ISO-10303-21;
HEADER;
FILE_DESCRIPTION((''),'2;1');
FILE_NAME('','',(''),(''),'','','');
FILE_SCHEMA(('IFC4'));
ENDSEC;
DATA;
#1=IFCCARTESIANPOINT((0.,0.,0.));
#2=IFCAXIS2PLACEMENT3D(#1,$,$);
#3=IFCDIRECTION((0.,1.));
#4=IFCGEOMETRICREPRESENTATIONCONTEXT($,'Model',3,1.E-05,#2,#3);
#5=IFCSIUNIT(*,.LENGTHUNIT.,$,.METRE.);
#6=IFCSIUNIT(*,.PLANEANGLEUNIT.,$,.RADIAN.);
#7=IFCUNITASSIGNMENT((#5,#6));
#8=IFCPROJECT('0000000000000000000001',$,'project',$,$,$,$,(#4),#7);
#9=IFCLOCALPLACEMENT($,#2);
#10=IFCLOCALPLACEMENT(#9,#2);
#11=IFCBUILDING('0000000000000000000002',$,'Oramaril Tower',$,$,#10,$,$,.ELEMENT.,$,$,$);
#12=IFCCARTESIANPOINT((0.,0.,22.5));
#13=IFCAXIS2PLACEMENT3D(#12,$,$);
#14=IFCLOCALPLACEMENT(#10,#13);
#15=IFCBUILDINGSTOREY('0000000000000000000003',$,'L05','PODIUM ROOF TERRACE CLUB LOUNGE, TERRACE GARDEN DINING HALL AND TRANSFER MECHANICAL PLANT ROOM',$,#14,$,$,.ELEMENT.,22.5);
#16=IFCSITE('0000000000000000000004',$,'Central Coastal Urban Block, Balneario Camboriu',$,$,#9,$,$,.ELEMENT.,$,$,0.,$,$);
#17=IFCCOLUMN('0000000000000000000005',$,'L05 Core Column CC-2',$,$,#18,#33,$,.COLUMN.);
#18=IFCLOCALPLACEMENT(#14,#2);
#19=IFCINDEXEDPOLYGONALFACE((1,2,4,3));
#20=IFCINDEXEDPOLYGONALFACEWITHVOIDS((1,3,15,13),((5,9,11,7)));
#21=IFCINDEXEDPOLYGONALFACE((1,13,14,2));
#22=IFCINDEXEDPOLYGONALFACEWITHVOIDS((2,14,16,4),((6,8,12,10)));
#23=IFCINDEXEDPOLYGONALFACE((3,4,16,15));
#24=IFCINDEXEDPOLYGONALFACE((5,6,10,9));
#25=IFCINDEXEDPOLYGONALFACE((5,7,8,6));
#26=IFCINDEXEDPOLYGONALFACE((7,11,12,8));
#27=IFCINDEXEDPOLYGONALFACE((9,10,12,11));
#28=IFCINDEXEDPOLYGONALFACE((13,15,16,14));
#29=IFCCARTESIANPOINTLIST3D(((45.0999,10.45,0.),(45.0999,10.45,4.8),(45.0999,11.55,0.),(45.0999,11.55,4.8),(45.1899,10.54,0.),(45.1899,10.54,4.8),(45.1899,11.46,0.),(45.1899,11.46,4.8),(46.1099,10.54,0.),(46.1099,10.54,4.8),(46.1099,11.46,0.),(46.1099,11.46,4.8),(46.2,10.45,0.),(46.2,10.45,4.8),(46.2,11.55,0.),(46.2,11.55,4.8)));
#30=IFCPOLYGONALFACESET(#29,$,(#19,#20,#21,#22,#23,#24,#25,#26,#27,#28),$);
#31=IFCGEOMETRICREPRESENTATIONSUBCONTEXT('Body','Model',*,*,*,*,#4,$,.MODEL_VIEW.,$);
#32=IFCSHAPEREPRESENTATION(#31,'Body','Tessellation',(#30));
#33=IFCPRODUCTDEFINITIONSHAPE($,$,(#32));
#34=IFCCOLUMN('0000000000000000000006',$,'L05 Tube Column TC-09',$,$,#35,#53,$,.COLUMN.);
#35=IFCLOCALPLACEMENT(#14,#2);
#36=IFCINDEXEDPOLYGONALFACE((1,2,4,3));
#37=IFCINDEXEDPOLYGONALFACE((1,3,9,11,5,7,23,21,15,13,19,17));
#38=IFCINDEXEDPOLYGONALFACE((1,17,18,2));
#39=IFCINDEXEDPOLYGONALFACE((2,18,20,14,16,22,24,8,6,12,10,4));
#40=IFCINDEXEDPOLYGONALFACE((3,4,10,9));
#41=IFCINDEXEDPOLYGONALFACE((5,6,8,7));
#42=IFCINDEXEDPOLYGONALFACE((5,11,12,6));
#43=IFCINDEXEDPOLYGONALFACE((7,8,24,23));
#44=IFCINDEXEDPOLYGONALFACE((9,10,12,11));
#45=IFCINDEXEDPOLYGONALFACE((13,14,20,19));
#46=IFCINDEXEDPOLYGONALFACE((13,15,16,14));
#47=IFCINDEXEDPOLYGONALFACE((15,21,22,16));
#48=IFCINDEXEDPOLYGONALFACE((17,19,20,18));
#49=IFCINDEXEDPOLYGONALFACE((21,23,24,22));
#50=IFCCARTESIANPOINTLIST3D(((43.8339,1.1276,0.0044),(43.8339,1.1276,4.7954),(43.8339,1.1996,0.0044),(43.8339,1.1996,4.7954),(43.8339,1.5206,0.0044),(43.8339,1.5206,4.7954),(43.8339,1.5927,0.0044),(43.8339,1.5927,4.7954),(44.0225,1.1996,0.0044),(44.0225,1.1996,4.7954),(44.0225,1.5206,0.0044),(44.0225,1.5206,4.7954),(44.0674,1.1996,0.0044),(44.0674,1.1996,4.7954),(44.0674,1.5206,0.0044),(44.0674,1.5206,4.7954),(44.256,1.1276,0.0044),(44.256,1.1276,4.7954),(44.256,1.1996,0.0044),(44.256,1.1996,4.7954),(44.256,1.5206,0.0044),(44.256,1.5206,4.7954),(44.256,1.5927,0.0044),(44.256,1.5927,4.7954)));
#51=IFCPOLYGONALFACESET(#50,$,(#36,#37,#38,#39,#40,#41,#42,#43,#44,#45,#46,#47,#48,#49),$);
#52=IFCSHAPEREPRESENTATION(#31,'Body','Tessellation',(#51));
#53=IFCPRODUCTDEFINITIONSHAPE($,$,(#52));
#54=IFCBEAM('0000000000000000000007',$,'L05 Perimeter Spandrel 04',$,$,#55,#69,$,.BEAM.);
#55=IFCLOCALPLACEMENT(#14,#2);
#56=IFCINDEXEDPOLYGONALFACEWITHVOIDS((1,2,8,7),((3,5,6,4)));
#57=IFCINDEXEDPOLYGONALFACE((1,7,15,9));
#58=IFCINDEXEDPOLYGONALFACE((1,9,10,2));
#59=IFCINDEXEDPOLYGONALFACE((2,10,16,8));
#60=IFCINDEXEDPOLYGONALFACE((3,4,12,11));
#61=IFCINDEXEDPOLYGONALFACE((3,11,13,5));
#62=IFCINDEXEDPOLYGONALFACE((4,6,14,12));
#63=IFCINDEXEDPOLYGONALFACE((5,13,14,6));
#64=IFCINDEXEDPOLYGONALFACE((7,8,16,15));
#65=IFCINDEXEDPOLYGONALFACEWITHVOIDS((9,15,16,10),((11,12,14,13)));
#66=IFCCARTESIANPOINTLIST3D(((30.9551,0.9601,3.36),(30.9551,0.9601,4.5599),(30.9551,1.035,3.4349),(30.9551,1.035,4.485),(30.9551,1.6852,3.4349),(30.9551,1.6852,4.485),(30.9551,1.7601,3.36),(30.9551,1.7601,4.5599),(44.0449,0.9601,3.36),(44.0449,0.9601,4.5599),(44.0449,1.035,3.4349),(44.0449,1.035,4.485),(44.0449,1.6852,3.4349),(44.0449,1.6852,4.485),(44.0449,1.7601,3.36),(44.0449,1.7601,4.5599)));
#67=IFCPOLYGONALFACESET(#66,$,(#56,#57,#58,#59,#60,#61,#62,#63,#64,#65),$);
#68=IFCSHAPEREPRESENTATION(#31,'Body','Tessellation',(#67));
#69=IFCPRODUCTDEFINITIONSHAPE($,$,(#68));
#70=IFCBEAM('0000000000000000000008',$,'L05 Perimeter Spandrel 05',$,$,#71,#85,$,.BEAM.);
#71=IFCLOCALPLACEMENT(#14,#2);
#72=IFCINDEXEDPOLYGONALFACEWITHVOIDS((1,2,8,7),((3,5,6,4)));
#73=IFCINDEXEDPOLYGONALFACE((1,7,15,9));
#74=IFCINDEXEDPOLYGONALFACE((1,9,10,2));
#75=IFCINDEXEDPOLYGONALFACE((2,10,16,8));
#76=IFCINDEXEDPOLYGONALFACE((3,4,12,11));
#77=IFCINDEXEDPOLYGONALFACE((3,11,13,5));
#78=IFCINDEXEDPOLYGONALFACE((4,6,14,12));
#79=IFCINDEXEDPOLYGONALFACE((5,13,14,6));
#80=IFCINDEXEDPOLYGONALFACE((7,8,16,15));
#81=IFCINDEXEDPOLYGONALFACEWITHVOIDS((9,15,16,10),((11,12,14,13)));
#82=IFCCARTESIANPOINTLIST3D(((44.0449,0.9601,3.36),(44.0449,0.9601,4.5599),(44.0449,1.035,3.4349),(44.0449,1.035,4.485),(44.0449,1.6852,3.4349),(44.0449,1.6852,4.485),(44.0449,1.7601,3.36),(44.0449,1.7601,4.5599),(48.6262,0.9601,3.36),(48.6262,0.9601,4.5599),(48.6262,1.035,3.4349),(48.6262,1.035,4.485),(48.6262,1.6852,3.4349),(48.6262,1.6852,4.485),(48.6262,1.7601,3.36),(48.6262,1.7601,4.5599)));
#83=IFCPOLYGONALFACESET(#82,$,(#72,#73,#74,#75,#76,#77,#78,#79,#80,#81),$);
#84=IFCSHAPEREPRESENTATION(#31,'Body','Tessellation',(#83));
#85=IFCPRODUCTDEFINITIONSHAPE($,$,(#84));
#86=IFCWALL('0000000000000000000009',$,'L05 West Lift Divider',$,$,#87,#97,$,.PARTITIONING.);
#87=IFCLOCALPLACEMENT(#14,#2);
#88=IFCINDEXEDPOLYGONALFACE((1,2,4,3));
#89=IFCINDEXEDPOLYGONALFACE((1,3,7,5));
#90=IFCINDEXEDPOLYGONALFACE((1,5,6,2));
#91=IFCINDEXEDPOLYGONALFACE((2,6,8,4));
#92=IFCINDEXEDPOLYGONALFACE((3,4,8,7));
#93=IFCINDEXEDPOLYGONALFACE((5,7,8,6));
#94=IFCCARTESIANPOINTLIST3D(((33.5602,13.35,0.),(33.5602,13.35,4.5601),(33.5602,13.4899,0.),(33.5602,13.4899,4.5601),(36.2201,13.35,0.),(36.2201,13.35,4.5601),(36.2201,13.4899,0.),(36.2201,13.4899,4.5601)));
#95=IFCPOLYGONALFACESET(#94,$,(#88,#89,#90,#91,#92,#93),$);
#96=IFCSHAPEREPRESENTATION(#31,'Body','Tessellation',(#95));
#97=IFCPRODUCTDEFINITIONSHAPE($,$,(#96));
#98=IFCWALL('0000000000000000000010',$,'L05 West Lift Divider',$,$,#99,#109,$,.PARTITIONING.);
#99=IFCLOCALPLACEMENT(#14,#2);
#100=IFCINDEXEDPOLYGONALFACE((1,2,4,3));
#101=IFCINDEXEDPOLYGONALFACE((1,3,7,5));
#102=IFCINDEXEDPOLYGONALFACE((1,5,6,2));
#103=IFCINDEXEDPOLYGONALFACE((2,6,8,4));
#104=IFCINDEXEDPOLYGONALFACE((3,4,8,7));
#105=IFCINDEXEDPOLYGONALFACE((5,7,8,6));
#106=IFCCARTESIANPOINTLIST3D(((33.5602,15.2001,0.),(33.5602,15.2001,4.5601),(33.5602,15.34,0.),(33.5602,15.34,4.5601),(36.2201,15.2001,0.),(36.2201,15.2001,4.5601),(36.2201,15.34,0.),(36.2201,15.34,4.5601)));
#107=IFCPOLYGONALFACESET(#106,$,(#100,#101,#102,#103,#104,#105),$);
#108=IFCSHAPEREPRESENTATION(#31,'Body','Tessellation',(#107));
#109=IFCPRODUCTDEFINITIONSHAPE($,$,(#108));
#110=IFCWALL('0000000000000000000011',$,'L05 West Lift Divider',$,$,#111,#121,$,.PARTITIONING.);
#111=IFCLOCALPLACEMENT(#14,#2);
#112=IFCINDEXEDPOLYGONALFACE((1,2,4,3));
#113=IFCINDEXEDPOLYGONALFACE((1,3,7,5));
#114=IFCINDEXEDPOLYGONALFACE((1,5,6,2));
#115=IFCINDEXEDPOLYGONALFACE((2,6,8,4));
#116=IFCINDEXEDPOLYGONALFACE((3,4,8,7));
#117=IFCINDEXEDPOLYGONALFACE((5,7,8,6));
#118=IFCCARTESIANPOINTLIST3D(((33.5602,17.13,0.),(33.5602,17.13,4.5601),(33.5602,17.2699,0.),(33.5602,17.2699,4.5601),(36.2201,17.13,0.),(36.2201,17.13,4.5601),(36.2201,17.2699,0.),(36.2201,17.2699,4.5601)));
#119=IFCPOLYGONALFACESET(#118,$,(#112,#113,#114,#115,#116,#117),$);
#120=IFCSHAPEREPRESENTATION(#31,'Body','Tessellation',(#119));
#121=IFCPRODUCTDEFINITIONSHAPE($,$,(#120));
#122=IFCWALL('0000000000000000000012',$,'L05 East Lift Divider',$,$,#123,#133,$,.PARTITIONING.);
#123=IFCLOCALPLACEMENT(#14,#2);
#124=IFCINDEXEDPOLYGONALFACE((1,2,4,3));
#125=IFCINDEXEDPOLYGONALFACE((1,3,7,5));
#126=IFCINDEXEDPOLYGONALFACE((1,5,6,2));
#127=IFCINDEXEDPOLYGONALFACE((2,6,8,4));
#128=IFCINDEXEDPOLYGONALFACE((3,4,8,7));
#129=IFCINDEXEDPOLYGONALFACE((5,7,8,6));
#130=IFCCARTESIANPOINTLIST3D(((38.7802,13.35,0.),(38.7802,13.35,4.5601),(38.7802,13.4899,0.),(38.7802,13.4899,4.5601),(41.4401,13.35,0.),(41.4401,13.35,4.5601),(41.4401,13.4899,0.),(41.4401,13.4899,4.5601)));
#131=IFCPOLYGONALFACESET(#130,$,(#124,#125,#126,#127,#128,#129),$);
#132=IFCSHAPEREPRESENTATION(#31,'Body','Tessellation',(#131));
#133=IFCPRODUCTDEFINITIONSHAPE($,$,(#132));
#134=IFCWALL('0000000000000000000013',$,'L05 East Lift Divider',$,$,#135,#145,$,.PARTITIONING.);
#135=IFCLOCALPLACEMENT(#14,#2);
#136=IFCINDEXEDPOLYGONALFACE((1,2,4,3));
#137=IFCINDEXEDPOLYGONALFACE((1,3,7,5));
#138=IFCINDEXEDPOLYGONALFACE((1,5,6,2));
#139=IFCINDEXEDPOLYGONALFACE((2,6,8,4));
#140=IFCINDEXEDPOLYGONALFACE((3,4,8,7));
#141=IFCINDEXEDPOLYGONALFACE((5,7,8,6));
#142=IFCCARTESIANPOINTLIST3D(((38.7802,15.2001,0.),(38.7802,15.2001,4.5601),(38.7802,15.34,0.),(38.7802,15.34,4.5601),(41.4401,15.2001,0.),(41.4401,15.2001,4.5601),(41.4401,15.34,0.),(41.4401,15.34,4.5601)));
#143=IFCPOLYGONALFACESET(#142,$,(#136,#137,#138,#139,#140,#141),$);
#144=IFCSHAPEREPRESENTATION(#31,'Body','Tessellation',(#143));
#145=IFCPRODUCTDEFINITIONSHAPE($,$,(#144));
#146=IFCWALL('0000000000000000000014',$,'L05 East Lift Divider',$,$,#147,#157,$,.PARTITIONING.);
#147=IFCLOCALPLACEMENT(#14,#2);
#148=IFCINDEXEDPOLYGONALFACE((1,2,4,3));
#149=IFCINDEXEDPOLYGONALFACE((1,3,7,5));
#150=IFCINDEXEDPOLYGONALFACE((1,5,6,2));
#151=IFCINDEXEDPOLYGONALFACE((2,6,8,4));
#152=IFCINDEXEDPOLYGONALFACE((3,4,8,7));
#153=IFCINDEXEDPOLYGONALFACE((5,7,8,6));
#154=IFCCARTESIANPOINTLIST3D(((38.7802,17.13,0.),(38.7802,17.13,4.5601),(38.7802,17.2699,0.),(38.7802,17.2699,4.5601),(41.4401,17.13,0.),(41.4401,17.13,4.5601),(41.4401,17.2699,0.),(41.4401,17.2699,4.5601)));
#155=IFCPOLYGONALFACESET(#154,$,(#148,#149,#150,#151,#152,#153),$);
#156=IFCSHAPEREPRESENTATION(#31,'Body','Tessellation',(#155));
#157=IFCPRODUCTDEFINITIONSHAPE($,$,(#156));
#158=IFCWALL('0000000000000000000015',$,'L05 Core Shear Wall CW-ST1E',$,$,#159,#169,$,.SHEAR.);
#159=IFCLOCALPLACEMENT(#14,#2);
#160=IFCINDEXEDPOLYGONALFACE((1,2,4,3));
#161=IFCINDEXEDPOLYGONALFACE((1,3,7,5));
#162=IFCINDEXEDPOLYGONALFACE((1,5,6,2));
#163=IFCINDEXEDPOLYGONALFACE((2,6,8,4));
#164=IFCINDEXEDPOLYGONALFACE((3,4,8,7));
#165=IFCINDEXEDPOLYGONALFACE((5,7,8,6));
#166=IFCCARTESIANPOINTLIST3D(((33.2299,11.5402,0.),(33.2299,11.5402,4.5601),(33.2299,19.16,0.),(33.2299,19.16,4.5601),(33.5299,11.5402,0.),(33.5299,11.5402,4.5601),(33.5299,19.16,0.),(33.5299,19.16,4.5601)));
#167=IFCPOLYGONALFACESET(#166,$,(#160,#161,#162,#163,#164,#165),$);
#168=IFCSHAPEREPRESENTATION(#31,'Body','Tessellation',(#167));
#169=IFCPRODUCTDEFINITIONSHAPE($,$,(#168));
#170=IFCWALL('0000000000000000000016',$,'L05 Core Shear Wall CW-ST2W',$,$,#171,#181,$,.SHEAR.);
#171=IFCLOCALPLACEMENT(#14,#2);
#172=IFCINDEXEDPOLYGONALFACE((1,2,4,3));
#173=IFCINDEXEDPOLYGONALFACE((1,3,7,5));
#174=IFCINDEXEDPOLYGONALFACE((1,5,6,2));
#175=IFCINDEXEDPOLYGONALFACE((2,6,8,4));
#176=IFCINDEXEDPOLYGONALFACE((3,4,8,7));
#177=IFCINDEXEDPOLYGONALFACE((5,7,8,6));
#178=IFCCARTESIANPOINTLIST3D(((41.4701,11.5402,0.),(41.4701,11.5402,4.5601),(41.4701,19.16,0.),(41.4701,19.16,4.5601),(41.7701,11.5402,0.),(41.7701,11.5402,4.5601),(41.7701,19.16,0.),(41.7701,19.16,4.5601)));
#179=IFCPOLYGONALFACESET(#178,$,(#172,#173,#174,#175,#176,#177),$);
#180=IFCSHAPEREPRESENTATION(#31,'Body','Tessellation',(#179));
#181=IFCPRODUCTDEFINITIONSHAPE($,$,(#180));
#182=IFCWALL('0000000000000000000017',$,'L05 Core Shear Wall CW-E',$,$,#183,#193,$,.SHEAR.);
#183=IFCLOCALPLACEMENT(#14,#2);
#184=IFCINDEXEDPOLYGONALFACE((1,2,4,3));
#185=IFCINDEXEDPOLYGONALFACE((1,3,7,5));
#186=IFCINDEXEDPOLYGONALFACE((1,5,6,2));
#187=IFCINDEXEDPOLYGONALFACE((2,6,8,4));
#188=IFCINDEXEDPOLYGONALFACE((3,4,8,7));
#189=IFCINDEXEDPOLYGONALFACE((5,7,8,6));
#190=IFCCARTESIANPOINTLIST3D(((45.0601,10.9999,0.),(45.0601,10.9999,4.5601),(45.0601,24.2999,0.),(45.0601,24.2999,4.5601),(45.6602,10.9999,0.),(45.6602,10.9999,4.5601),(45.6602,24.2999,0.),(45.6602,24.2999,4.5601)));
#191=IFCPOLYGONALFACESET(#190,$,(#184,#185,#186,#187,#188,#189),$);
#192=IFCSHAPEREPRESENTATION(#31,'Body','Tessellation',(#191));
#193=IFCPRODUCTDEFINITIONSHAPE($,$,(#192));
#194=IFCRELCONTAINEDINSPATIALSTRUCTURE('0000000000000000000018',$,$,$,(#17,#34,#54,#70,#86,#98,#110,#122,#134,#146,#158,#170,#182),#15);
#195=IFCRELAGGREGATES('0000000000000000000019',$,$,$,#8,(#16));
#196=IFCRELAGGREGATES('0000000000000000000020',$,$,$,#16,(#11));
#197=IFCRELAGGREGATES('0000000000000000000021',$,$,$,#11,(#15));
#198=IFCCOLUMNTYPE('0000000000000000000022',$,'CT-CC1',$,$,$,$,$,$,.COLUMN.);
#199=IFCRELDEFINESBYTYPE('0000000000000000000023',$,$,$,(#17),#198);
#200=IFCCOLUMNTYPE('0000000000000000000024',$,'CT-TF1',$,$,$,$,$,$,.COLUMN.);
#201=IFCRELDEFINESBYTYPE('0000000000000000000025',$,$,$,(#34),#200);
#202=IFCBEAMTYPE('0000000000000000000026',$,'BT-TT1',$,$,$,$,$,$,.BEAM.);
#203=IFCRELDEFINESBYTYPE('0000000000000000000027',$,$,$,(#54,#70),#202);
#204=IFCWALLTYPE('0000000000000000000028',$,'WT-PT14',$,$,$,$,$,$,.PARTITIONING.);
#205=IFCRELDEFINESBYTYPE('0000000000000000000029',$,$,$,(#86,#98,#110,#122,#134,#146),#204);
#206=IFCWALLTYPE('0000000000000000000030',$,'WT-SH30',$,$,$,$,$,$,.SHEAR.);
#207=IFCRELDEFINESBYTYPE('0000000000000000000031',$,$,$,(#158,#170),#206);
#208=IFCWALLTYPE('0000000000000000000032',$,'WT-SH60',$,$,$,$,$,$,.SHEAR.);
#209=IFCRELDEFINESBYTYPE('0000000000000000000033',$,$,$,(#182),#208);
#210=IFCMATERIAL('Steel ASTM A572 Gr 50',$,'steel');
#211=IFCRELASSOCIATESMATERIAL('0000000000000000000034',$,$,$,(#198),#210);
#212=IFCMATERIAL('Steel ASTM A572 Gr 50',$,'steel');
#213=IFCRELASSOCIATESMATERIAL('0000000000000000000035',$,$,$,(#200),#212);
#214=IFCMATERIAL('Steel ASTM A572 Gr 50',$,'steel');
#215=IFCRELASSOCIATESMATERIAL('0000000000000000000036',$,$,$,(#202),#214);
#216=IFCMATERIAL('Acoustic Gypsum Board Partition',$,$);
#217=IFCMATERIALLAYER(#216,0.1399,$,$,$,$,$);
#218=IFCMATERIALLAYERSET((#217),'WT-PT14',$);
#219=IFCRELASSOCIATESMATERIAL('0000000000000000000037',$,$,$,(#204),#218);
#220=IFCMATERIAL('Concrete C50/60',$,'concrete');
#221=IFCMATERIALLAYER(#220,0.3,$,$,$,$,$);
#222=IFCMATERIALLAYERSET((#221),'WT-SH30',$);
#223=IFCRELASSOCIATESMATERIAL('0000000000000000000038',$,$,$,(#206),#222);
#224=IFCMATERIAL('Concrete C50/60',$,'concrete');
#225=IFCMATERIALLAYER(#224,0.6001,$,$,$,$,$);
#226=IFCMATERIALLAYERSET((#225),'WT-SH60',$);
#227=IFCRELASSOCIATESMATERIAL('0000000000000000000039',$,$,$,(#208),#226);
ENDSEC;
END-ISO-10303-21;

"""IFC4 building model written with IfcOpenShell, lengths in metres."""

from ifc_helpers import new_model, si_unit, direction, frame, frame_2d, origin, origin_2d, place, context, subcontext, project, spatial, rectangle, hollow_rectangle, i_section, extrude, material, layer, layer_set, material_profile, profile_set, type_object, element, save


model = new_model("IFC4")

# Units and contexts
model_context = context("Model", 3, precision=1e-05, world=origin(), true_north=direction((0.0, 1.0)))
body_context = subcontext(model_context, "Body", "Model", "MODEL_VIEW")
ifc_project = project(units=[si_unit("LENGTHUNIT", "METRE"), si_unit("PLANEANGLEUNIT", "RADIAN")], contexts=[model_context])

# Site, building, storey
site_placement = place(None, origin())
site = spatial("IfcSite", under=ifc_project, at=site_placement, Name="Central Coastal Urban Block, Balneario Camboriu", CompositionType="ELEMENT", RefElevation=0.0)
building_placement = place(site_placement, origin())
building = spatial("IfcBuilding", under=site, at=building_placement, Name="Oramaril Tower", CompositionType="ELEMENT")
storey_placement = place(building_placement, frame((0.0, 0.0, 22.5)))
storey = spatial("IfcBuildingStorey", under=building, at=storey_placement, Name="L05", Description="PODIUM ROOF TERRACE CLUB LOUNGE, TERRACE GARDEN DINING HALL AND TRANSFER MECHANICAL PLANT ROOM", CompositionType="ELEMENT", Elevation=22.5)

# Columns
ifc_material_1 = material(Name="Steel ASTM A572 Gr 50", Category="steel")
ifc_material_profile_1 = material_profile(ifc_material_1, hollow_rectangle(XDim=1.1001, YDim=1.1001, WallThickness=0.0901, at=origin_2d()), Name="BOX1100X1100X90")
ifc_profile_set_1 = profile_set([ifc_material_profile_1], Name="Steel ASTM A572 Gr 50")
column_type_1 = type_object("IfcColumnType", Name="CT-CC1", PredefinedType="COLUMN", material=ifc_profile_set_1)
column_1_placement = place(storey_placement, frame((45.6499, 11.0, 0.0), z_axis=(0.0, 0.0, 1.0), x_axis=(1.0, 0.0, 0.0)))
element("IfcColumn", 1, at=column_1_placement, inside=storey, type_object=column_type_1, Name="L05 Core Column CC-2", PredefinedType="COLUMN", context=body_context, shape_type="SweptSolid", body=[
    extrude(hollow_rectangle(XDim=1.1001, YDim=1.1001, WallThickness=0.0901, at=origin_2d()), origin(), (0.0, 0.0, 1.0), 4.8),
])
ifc_material_2 = material(Name="Steel ASTM A572 Gr 50", Category="steel")
ifc_material_profile_2 = material_profile(ifc_material_2, i_section(OverallWidth=0.4221, OverallDepth=0.4651, WebThickness=0.0449, FlangeThickness=0.072, at=origin_2d()), Name="W14X398")
ifc_profile_set_2 = profile_set([ifc_material_profile_2], Name="Steel ASTM A572 Gr 50")
column_type_2 = type_object("IfcColumnType", Name="CT-TF1", PredefinedType="COLUMN", material=ifc_profile_set_2)
column_2_placement = place(storey_placement, frame((44.0449, 1.3601, 0.0044), z_axis=(0.0, 0.0, 1.0), x_axis=(1.0, 0.0, 0.0)))
element("IfcColumn", 2, at=column_2_placement, inside=storey, type_object=column_type_2, Name="L05 Tube Column TC-09", PredefinedType="COLUMN", context=body_context, shape_type="SweptSolid", body=[
    extrude(i_section(OverallWidth=0.4221, OverallDepth=0.4651, WebThickness=0.0449, FlangeThickness=0.072, at=origin_2d()), origin(), (0.0, 0.0, 1.0), 4.791),
])

# Beams
ifc_material_3 = material(Name="Steel ASTM A572 Gr 50", Category="steel")
ifc_material_profile_3 = material_profile(ifc_material_3, hollow_rectangle(XDim=0.8, YDim=1.2, WallThickness=0.075, at=origin_2d()), Name="BOX1200X800X75")
ifc_profile_set_3 = profile_set([ifc_material_profile_3], Name="Steel ASTM A572 Gr 50")
beam_type = type_object("IfcBeamType", Name="BT-TT1", PredefinedType="BEAM", material=ifc_profile_set_3)
beam_1_placement = place(storey_placement, frame((30.9551, 1.3601, 3.96), z_axis=(1.0, 0.0, 0.0), x_axis=(0.0, 1.0, 0.0)))
element("IfcBeam", 3, at=beam_1_placement, inside=storey, type_object=beam_type, Name="L05 Perimeter Spandrel 04", PredefinedType="BEAM", context=body_context, shape_type="SweptSolid", body=[
    extrude(hollow_rectangle(XDim=0.8, YDim=1.2, WallThickness=0.075, at=origin_2d()), origin(), (0.0, 0.0, 1.0), 13.0898),
])
beam_2_placement = place(storey_placement, frame((44.0449, 1.3601, 3.96), z_axis=(1.0, 0.0, 0.0), x_axis=(0.0, 1.0, 0.0)))
element("IfcBeam", 4, at=beam_2_placement, inside=storey, type_object=beam_type, Name="L05 Perimeter Spandrel 05", PredefinedType="BEAM", context=body_context, shape_type="SweptSolid", body=[
    extrude(hollow_rectangle(XDim=0.8, YDim=1.2, WallThickness=0.075, at=origin_2d()), origin(), (0.0, 0.0, 1.0), 4.5813),
])

# Walls
ifc_material_4 = material(Name="Acoustic Gypsum Board Partition")
ifc_layer_1 = layer(ifc_material_4, 0.1399)
ifc_layer_set_1 = layer_set([ifc_layer_1], Name="WT-PT14")
wall_type_1 = type_object("IfcWallType", Name="WT-PT14", PredefinedType="PARTITIONING", material=ifc_layer_set_1)
for number, where, z_axis, x_axis, name in (
    (5, (33.5601, 13.4199, 0.0), (0.0, 0.0, 1.0), (1.0, 0.0, 0.0), "L05 West Lift Divider"),
    (6, (33.5601, 15.27, 0.0), (0.0, 0.0, 1.0), (1.0, 0.0, 0.0), "L05 West Lift Divider"),
    (7, (33.5601, 17.2, 0.0), (0.0, 0.0, 1.0), (1.0, 0.0, 0.0), "L05 West Lift Divider"),
    (8, (38.78, 13.4199, 0.0), (0.0, 0.0, 1.0), (1.0, 0.0, 0.0), "L05 East Lift Divider"),
    (9, (38.78, 15.27, 0.0), (0.0, 0.0, 1.0), (1.0, 0.0, 0.0), "L05 East Lift Divider"),
    (10, (38.78, 17.2, 0.0), (0.0, 0.0, 1.0), (1.0, 0.0, 0.0), "L05 East Lift Divider"),
):
    element("IfcWall", number, at=place(storey_placement, frame(where, z_axis=z_axis, x_axis=x_axis)), inside=storey, type_object=wall_type_1, Name=name, PredefinedType="PARTITIONING", context=body_context, shape_type="SweptSolid", body=[
        extrude(rectangle(XDim=2.6599, YDim=0.1399, at=frame_2d((1.3301, 0.0))), origin(), (0.0, 0.0, 1.0), 4.5601),
    ])
ifc_material_5 = material(Name="Concrete C50/60", Category="concrete")
ifc_layer_2 = layer(ifc_material_5, 0.3)
ifc_layer_set_2 = layer_set([ifc_layer_2], Name="WT-SH30")
wall_type_2 = type_object("IfcWallType", Name="WT-SH30", PredefinedType="SHEAR", material=ifc_layer_set_2)
for number, where, z_axis, x_axis, name in (
    (11, (33.3799, 11.54, 0.0), (0.0, 0.0, 1.0), (0.0, 1.0, 0.0), "L05 Core Shear Wall CW-ST1E"),
    (12, (41.6201, 11.54, 0.0), (0.0, 0.0, 1.0), (0.0, 1.0, 0.0), "L05 Core Shear Wall CW-ST2W"),
):
    element("IfcWall", number, at=place(storey_placement, frame(where, z_axis=z_axis, x_axis=x_axis)), inside=storey, type_object=wall_type_2, Name=name, PredefinedType="SHEAR", context=body_context, shape_type="SweptSolid", body=[
        extrude(rectangle(XDim=7.6199, YDim=0.3, at=frame_2d((3.8101, 0.0))), origin(), (0.0, 0.0, 1.0), 4.5601),
    ])
ifc_material_6 = material(Name="Concrete C50/60", Category="concrete")
ifc_layer_3 = layer(ifc_material_6, 0.6001)
ifc_layer_set_3 = layer_set([ifc_layer_3], Name="WT-SH60")
wall_type_3 = type_object("IfcWallType", Name="WT-SH60", PredefinedType="SHEAR", material=ifc_layer_set_3)
wall_1_placement = place(storey_placement, frame((45.3601, 11.0, 0.0), z_axis=(0.0, 0.0, 1.0), x_axis=(0.0, 1.0, 0.0)))
element("IfcWall", 13, at=wall_1_placement, inside=storey, type_object=wall_type_3, Name="L05 Core Shear Wall CW-E", PredefinedType="SHEAR", context=body_context, shape_type="SweptSolid", body=[
    extrude(rectangle(XDim=13.3, YDim=0.6001, at=frame_2d((6.6499, 0.0))), origin(), (0.0, 0.0, 1.0), 4.5601),
])

save(model, "model.ifc")
